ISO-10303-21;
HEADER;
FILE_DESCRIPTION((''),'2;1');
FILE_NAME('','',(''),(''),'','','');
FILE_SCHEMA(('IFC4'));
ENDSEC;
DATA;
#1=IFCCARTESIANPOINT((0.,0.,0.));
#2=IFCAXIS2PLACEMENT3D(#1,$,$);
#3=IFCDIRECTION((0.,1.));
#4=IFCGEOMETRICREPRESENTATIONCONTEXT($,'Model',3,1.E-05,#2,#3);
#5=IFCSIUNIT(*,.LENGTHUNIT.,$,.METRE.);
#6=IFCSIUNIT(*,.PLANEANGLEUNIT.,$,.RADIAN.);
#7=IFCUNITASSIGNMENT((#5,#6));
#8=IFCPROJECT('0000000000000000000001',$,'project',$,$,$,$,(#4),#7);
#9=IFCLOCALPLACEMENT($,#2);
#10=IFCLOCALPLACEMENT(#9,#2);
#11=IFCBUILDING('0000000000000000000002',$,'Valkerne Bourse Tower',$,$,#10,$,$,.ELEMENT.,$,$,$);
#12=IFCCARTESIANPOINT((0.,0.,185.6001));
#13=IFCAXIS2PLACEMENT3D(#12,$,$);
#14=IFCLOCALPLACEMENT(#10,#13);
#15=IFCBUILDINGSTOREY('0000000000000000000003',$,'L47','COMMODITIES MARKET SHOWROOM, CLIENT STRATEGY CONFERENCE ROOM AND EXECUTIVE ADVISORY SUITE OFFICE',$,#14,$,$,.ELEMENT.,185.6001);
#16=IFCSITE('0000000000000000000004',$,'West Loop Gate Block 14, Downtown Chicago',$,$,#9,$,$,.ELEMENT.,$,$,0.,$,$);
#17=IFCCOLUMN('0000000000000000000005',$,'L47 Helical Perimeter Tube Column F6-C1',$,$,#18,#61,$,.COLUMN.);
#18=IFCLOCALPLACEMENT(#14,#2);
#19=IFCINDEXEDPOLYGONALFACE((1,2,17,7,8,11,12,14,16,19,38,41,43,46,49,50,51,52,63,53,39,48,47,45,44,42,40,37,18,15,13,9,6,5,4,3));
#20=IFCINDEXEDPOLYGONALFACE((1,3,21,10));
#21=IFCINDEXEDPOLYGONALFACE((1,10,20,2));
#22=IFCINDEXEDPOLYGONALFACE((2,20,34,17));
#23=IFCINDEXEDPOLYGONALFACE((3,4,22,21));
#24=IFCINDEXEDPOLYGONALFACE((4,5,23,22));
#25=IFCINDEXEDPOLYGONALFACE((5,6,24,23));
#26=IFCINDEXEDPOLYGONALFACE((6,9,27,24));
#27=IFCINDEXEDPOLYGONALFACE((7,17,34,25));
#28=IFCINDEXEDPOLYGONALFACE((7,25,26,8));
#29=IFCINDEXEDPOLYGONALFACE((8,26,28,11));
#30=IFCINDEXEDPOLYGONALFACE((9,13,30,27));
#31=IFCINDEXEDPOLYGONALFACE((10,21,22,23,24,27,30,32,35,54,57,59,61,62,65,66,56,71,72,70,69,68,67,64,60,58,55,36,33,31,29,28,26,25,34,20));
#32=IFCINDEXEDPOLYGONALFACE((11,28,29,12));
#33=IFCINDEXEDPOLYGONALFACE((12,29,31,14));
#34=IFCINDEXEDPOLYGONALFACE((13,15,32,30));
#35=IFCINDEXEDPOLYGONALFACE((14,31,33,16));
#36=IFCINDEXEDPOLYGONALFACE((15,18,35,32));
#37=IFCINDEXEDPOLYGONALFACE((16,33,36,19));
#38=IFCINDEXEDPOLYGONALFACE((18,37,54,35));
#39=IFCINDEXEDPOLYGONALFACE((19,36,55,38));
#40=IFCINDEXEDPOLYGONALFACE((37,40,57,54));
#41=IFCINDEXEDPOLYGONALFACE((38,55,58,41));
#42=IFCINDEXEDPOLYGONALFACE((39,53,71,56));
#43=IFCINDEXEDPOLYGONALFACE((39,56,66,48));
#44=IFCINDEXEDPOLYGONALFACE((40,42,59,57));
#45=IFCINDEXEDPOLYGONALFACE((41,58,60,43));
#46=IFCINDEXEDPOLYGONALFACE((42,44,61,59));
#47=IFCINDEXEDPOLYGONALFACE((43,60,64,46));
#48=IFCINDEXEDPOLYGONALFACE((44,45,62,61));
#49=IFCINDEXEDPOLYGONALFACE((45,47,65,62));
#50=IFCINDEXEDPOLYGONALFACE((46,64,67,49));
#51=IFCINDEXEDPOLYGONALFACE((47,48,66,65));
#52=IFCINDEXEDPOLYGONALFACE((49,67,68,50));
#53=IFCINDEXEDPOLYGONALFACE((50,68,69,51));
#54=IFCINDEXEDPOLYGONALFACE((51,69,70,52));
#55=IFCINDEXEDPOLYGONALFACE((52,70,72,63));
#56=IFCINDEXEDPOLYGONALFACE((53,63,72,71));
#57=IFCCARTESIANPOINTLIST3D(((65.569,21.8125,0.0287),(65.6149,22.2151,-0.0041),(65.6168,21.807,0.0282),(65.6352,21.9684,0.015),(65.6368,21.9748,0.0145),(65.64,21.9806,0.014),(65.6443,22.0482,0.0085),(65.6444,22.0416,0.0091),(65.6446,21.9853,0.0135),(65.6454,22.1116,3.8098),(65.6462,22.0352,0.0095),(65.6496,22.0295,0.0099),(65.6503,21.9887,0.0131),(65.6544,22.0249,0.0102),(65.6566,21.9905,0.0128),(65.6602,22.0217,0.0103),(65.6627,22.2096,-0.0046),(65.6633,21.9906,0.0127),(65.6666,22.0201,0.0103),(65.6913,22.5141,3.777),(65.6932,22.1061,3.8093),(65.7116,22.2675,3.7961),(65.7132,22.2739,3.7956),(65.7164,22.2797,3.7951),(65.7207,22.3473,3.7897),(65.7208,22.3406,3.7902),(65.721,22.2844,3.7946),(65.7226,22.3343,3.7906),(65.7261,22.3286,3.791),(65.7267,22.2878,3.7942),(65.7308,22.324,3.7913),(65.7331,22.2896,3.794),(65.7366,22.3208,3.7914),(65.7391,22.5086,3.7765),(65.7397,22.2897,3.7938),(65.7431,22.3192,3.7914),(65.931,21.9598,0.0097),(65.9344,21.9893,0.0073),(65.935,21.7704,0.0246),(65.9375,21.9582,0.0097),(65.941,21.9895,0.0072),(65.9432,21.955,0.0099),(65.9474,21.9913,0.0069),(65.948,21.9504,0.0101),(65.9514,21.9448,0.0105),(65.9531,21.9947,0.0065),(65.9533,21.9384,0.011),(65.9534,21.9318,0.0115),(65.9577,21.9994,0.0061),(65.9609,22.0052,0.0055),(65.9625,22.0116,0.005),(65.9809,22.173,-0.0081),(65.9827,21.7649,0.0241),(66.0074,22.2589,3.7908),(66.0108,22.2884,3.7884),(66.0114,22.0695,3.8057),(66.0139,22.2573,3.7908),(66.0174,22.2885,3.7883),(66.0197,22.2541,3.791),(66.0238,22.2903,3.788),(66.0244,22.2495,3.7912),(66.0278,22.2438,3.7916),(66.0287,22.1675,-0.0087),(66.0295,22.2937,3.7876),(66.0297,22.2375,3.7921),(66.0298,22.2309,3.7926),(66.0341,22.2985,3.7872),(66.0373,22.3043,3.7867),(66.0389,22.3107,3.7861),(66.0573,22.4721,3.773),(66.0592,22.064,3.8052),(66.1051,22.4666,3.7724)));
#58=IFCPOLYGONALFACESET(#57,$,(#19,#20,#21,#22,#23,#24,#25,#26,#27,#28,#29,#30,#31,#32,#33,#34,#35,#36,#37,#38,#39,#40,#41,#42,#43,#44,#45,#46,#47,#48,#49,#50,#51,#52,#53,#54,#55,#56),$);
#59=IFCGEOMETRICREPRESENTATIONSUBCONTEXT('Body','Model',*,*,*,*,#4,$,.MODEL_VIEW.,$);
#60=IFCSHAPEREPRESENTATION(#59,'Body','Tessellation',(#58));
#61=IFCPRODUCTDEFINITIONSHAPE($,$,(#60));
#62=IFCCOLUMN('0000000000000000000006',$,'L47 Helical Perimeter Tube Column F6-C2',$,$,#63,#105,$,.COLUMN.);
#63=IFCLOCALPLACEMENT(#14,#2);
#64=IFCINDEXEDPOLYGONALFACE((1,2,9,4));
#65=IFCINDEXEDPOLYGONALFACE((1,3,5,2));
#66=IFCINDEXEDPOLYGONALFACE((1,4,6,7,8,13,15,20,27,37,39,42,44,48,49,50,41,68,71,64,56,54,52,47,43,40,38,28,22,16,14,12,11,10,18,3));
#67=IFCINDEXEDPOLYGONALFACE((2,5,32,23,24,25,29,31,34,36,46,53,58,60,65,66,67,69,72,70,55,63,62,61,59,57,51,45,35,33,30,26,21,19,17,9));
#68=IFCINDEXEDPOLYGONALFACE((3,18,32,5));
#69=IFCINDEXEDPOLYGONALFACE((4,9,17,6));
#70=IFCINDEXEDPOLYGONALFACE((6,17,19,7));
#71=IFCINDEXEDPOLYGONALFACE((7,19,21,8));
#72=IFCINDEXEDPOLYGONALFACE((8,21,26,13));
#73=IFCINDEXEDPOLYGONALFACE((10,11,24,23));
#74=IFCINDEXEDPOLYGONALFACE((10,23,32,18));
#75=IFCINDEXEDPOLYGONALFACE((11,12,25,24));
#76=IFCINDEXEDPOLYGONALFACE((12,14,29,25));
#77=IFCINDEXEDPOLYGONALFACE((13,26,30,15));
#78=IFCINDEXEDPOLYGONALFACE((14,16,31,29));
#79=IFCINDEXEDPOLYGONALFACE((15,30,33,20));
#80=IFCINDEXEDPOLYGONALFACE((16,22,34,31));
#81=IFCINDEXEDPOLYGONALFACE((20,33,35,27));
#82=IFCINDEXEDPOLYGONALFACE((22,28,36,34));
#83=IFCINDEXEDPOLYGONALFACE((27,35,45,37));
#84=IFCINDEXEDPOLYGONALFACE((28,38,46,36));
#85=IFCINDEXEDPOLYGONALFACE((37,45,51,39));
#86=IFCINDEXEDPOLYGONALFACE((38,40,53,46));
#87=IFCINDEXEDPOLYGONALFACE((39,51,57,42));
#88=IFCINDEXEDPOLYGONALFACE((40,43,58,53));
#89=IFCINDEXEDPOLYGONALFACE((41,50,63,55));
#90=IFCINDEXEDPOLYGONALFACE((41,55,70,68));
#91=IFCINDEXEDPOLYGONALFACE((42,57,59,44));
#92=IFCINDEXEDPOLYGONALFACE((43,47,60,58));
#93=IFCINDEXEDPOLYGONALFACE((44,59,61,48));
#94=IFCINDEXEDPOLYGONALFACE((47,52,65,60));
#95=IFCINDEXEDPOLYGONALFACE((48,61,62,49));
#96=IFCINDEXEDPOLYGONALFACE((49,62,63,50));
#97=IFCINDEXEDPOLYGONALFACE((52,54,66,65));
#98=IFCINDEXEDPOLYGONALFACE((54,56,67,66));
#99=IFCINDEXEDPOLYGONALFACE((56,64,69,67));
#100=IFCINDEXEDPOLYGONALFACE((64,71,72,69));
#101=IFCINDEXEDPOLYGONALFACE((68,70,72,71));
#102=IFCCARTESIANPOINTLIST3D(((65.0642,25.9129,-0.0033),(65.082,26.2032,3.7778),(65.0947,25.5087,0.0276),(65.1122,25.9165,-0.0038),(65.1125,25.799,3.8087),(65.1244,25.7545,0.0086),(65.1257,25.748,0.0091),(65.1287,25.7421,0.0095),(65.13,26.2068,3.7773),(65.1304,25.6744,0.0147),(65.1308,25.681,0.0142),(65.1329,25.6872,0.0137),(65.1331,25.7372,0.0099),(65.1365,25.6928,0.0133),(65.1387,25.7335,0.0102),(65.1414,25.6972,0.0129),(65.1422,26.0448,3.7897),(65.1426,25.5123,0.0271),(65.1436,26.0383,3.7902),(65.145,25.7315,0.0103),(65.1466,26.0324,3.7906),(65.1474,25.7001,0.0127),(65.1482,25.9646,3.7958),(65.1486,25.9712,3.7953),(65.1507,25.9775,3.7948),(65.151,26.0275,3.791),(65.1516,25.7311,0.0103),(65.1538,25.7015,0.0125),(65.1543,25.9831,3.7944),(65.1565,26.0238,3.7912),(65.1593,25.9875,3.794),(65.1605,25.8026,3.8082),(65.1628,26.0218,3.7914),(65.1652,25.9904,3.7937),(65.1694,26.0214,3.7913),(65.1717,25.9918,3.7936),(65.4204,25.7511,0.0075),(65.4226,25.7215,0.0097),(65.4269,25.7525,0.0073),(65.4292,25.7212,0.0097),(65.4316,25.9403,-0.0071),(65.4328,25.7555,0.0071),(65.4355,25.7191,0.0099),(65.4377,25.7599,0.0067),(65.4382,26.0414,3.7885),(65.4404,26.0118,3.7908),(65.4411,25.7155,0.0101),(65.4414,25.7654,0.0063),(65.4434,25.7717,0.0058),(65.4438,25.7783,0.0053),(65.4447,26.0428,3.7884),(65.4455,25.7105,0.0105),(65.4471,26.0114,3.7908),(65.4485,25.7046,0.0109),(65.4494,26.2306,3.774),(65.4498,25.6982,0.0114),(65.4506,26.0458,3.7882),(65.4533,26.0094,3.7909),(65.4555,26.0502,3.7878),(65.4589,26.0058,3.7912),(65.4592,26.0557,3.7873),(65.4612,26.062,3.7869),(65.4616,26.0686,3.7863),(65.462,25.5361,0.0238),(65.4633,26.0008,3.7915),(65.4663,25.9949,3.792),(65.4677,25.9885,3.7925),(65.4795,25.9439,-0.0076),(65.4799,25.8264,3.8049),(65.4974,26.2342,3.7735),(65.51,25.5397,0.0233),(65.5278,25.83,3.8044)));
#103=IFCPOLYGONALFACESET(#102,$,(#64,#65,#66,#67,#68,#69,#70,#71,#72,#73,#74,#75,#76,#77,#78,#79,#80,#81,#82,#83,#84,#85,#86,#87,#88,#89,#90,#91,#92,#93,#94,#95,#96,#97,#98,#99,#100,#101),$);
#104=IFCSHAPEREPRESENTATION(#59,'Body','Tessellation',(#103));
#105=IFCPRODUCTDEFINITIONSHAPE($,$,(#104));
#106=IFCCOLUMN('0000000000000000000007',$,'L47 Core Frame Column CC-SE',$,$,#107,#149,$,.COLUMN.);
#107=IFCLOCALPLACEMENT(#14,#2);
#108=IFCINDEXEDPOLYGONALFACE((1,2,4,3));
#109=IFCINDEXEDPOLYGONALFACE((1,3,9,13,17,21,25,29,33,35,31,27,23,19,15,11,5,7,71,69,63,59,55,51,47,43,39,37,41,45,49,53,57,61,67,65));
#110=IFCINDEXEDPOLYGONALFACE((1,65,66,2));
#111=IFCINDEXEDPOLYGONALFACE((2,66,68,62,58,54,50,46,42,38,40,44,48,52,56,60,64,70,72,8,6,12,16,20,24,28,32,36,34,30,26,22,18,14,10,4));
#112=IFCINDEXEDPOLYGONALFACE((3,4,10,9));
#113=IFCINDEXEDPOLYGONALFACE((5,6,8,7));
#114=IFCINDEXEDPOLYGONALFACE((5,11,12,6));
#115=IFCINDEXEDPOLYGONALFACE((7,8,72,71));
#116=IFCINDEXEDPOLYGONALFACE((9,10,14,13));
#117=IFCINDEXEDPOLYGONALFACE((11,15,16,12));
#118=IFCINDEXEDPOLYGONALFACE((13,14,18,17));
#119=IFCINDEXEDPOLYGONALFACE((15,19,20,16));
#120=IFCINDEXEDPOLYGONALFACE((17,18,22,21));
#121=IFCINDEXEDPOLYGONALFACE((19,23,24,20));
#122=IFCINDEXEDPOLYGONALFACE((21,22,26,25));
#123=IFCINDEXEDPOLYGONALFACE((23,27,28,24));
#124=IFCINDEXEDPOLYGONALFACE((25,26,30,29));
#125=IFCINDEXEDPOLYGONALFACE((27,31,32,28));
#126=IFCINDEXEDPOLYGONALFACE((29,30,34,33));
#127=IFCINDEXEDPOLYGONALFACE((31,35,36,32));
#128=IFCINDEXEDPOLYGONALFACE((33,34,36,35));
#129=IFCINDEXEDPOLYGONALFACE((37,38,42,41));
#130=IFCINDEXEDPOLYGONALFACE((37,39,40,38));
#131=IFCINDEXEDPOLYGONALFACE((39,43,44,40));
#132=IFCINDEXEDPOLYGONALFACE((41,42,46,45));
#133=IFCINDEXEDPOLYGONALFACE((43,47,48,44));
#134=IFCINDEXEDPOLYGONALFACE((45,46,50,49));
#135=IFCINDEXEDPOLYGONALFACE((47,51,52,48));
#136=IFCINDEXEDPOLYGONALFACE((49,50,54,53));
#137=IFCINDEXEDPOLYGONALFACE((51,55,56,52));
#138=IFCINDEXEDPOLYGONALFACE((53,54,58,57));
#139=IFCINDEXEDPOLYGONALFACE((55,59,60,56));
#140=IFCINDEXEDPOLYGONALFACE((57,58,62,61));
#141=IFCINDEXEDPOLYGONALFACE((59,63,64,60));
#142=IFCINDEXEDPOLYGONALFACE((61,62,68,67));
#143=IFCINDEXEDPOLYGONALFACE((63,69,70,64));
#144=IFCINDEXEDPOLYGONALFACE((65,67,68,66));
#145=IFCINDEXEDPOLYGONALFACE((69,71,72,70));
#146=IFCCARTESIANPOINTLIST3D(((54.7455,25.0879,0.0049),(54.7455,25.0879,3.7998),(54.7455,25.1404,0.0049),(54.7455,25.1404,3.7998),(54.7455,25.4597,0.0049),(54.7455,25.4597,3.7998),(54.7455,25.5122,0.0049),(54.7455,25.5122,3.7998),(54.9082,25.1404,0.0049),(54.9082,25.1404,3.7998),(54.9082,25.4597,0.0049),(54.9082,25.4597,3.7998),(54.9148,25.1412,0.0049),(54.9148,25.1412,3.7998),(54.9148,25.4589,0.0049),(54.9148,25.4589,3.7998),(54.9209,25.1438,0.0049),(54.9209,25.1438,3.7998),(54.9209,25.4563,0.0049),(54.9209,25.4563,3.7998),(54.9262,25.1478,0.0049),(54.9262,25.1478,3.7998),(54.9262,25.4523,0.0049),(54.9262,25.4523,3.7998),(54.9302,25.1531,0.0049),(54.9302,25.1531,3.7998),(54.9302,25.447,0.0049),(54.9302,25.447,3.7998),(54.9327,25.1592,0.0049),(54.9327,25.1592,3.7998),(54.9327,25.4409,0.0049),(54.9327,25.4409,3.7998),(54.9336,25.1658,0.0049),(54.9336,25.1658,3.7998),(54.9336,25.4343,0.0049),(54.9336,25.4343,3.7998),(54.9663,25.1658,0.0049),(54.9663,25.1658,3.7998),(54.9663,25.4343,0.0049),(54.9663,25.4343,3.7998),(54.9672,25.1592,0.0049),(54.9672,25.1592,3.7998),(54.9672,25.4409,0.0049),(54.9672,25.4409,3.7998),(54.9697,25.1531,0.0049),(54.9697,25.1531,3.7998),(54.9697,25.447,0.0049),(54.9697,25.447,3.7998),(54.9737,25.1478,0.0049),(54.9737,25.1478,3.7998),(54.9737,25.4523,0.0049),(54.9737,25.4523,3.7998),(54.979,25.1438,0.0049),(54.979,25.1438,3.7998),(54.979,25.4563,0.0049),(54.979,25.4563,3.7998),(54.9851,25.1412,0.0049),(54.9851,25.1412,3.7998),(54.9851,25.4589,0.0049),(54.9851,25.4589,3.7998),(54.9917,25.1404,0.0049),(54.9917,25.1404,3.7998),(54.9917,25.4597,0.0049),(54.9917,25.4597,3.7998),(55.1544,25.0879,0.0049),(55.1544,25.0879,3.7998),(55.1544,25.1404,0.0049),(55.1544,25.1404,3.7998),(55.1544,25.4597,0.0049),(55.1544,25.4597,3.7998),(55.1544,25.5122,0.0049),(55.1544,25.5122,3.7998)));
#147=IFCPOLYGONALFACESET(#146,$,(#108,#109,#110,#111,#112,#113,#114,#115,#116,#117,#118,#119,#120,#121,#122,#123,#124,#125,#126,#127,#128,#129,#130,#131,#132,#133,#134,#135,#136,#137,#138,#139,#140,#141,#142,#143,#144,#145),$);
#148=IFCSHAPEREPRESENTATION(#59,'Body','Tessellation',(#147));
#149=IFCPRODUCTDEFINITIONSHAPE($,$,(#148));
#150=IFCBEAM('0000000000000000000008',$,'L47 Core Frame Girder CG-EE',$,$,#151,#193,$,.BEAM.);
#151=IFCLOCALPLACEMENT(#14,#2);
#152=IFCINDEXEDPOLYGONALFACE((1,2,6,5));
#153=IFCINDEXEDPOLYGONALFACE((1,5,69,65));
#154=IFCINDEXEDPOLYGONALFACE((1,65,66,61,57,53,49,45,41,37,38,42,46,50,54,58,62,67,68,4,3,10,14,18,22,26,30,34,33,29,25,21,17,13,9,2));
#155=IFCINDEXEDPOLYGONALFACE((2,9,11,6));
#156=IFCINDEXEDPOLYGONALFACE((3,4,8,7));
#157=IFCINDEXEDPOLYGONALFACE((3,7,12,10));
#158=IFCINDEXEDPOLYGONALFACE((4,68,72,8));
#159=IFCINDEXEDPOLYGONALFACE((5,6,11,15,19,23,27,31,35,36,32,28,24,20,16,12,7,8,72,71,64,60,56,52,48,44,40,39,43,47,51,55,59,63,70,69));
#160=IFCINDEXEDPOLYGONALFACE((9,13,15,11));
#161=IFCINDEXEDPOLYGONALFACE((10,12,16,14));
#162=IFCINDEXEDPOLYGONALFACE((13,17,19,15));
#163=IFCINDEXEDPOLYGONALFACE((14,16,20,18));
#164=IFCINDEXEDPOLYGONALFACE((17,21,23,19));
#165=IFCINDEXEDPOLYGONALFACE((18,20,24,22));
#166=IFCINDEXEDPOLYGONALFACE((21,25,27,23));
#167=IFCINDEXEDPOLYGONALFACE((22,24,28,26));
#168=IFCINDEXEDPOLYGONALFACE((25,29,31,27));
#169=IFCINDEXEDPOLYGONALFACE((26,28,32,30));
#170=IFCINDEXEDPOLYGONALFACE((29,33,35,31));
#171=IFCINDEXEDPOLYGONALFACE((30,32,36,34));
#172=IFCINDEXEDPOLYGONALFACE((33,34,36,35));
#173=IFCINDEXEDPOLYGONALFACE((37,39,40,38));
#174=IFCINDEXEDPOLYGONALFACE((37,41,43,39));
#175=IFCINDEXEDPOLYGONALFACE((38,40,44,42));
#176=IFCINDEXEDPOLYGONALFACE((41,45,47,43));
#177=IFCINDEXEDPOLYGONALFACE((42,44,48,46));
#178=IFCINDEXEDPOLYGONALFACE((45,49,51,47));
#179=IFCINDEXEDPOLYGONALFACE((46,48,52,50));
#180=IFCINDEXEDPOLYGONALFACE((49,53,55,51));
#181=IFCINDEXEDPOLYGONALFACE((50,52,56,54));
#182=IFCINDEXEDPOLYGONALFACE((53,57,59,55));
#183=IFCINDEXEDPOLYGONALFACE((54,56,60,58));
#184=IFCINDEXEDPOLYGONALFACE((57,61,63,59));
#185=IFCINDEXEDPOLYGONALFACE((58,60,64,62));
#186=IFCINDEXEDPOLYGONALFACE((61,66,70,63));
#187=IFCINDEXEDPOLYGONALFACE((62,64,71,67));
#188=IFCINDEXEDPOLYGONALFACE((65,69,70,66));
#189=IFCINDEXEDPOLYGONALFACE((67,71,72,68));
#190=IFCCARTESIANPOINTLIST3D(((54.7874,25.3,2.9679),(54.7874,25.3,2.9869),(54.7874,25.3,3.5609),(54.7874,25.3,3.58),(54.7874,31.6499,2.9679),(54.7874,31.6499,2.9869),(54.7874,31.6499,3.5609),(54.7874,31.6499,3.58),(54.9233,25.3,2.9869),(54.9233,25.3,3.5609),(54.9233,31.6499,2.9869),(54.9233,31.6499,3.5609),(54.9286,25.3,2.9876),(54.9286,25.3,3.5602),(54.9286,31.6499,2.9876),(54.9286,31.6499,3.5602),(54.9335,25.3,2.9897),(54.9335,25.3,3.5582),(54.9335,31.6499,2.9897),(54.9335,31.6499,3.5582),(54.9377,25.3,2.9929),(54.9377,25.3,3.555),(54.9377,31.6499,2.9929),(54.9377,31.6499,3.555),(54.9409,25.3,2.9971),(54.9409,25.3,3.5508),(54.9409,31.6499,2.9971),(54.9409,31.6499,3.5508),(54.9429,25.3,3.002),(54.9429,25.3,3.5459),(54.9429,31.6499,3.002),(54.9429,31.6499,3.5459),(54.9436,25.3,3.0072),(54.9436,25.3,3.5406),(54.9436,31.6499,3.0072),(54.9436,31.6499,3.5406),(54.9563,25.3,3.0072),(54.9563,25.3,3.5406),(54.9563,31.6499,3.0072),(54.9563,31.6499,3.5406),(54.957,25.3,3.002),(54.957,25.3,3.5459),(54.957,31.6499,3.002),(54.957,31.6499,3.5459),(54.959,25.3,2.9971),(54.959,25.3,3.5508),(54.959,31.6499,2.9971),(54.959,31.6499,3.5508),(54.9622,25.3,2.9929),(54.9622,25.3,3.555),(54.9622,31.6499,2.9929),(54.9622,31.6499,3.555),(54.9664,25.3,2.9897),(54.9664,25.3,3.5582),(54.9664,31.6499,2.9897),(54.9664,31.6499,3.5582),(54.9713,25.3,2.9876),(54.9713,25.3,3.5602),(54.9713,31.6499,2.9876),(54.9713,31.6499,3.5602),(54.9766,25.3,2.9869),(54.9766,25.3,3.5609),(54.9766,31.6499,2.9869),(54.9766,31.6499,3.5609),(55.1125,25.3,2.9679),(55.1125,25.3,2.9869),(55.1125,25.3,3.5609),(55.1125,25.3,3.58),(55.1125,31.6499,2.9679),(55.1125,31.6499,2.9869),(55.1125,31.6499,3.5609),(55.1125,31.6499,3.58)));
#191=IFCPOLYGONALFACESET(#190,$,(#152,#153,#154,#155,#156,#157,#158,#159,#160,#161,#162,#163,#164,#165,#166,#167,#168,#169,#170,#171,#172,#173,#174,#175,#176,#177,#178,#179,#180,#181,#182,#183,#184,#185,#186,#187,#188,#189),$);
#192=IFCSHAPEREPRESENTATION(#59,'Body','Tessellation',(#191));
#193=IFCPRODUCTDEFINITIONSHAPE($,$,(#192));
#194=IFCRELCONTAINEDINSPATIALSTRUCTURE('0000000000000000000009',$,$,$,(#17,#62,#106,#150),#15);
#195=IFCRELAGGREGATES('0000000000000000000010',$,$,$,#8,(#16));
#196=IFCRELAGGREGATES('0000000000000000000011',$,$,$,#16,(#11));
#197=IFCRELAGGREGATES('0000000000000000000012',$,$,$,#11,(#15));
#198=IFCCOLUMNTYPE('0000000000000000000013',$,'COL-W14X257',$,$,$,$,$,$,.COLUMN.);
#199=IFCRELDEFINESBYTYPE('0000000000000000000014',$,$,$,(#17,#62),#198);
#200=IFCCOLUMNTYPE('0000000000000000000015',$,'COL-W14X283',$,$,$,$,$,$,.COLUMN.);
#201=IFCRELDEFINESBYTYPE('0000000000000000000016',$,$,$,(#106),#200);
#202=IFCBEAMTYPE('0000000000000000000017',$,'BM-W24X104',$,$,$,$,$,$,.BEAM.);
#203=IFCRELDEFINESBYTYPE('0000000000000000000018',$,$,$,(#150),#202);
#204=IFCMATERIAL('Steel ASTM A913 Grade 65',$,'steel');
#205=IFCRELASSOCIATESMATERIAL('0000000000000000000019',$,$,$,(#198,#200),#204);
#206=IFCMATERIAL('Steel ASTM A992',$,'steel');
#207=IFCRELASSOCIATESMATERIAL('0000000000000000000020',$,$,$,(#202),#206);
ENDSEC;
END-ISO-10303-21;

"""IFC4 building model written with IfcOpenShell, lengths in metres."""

from ifc_helpers import new_model, si_unit, direction, frame, origin, origin_2d, place, context, subcontext, project, spatial, i_section, extrude, material, material_profile, profile_set, type_object, element, save


model = new_model("IFC4")

# Units and contexts
model_context = context("Model", 3, precision=1e-05, world=origin(), true_north=direction((0.0, 1.0)))
body_context = subcontext(model_context, "Body", "Model", "MODEL_VIEW")
ifc_project = project(units=[si_unit("LENGTHUNIT", "METRE"), si_unit("PLANEANGLEUNIT", "RADIAN")], contexts=[model_context])

# Site, building, storey
site_placement = place(None, origin())
site = spatial("IfcSite", under=ifc_project, at=site_placement, Name="West Loop Gate Block 14, Downtown Chicago", CompositionType="ELEMENT", RefElevation=0.0)
building_placement = place(site_placement, origin())
building = spatial("IfcBuilding", under=site, at=building_placement, Name="Valkerne Bourse Tower", CompositionType="ELEMENT")
storey_placement = place(building_placement, frame((0.0, 0.0, 185.6001)))
storey = spatial("IfcBuildingStorey", under=building, at=storey_placement, Name="L47", Description="COMMODITIES MARKET SHOWROOM, CLIENT STRATEGY CONFERENCE ROOM AND EXECUTIVE ADVISORY SUITE OFFICE", CompositionType="ELEMENT", Elevation=185.6001)

# Columns
ifc_material_1 = material(Name="Steel ASTM A913 Grade 65", Category="steel")
ifc_material_profile_1 = material_profile(ifc_material_1, i_section(OverallWidth=0.4065, OverallDepth=0.4165, WebThickness=0.0298, FlangeThickness=0.0481, FilletRadius=0.0254, at=origin_2d()), Name="W14X257")
ifc_profile_set_1 = profile_set([ifc_material_profile_1], Name="Steel ASTM A913 Grade 65")
column_type_1 = type_object("IfcColumnType", Name="COL-W14X257", PredefinedType="COLUMN", material=ifc_profile_set_1)
column_1_placement = place(storey_placement, frame((65.7988, 21.99, 0.01), z_axis=(0.020143, 0.078836, 0.996684), x_axis=(-0.112962, -0.990323, 0.080616)))
element("IfcColumn", 1, at=column_1_placement, inside=storey, type_object=column_type_1, Name="L47 Helical Perimeter Tube Column F6-C1", PredefinedType="COLUMN", context=body_context, shape_type="SweptSolid", body=[
    extrude(i_section(OverallWidth=0.4065, OverallDepth=0.4165, WebThickness=0.0298, FlangeThickness=0.0481, FilletRadius=0.0254, at=origin_2d()), origin(), (0.0, 0.0, 1.0), 3.7937),
])
column_2_placement = place(storey_placement, frame((65.2871, 25.7263, 0.01), z_axis=(0.0047, 0.076548, 0.997055), x_axis=(0.074926, -0.99429, 0.075983)))
element("IfcColumn", 2, at=column_2_placement, inside=storey, type_object=column_type_1, Name="L47 Helical Perimeter Tube Column F6-C2", PredefinedType="COLUMN", context=body_context, shape_type="SweptSolid", body=[
    extrude(i_section(OverallWidth=0.4065, OverallDepth=0.4165, WebThickness=0.0298, FlangeThickness=0.0481, FilletRadius=0.0254, at=origin_2d()), origin(), (0.0, 0.0, 1.0), 3.7922),
])
ifc_material_profile_2 = material_profile(ifc_material_1, i_section(OverallWidth=0.4089, OverallDepth=0.4243, WebThickness=0.0327, FlangeThickness=0.0525, FilletRadius=0.0254, at=origin_2d()), Name="W14X283")
ifc_profile_set_2 = profile_set([ifc_material_profile_2], Name="Steel ASTM A913 Grade 65")
column_type_2 = type_object("IfcColumnType", Name="COL-W14X283", PredefinedType="COLUMN", material=ifc_profile_set_2)
column_3_placement = place(storey_placement, frame((54.95, 25.3, 0.0049), z_axis=(0.0, 0.0, 1.0), x_axis=(1.0, 0.0, 0.0)))
element("IfcColumn", 3, at=column_3_placement, inside=storey, type_object=column_type_2, Name="L47 Core Frame Column CC-SE", PredefinedType="COLUMN", context=body_context, shape_type="SweptSolid", body=[
    extrude(i_section(OverallWidth=0.4089, OverallDepth=0.4243, WebThickness=0.0327, FlangeThickness=0.0525, FilletRadius=0.0254, at=origin_2d()), origin(), (0.0, 0.0, 1.0), 3.7949),
])

# Beam
ifc_material_2 = material(Name="Steel ASTM A992", Category="steel")
ifc_material_profile_3 = material_profile(ifc_material_2, i_section(OverallWidth=0.3252, OverallDepth=0.6121, WebThickness=0.0127, FlangeThickness=0.019, FilletRadius=0.0203, at=origin_2d()), Name="W24X104")
ifc_profile_set_3 = profile_set([ifc_material_profile_3], Name="Steel ASTM A992")
beam_type_1 = type_object("IfcBeamType", Name="BM-W24X104", PredefinedType="BEAM", material=ifc_profile_set_3)
beam_1_placement = place(storey_placement, frame((54.95, 25.3, 3.2739), z_axis=(0.0, 1.0, 0.0), x_axis=(-1.0, 0.0, 0.0)))
element("IfcBeam", 4, at=beam_1_placement, inside=storey, type_object=beam_type_1, Name="L47 Core Frame Girder CG-EE", PredefinedType="BEAM", context=body_context, shape_type="SweptSolid", body=[
    extrude(i_section(OverallWidth=0.3252, OverallDepth=0.6121, WebThickness=0.0127, FlangeThickness=0.019, FilletRadius=0.0203, at=origin_2d()), origin(), (0.0, 0.0, 1.0), 6.3499),
])

save(model, "model.ifc")
